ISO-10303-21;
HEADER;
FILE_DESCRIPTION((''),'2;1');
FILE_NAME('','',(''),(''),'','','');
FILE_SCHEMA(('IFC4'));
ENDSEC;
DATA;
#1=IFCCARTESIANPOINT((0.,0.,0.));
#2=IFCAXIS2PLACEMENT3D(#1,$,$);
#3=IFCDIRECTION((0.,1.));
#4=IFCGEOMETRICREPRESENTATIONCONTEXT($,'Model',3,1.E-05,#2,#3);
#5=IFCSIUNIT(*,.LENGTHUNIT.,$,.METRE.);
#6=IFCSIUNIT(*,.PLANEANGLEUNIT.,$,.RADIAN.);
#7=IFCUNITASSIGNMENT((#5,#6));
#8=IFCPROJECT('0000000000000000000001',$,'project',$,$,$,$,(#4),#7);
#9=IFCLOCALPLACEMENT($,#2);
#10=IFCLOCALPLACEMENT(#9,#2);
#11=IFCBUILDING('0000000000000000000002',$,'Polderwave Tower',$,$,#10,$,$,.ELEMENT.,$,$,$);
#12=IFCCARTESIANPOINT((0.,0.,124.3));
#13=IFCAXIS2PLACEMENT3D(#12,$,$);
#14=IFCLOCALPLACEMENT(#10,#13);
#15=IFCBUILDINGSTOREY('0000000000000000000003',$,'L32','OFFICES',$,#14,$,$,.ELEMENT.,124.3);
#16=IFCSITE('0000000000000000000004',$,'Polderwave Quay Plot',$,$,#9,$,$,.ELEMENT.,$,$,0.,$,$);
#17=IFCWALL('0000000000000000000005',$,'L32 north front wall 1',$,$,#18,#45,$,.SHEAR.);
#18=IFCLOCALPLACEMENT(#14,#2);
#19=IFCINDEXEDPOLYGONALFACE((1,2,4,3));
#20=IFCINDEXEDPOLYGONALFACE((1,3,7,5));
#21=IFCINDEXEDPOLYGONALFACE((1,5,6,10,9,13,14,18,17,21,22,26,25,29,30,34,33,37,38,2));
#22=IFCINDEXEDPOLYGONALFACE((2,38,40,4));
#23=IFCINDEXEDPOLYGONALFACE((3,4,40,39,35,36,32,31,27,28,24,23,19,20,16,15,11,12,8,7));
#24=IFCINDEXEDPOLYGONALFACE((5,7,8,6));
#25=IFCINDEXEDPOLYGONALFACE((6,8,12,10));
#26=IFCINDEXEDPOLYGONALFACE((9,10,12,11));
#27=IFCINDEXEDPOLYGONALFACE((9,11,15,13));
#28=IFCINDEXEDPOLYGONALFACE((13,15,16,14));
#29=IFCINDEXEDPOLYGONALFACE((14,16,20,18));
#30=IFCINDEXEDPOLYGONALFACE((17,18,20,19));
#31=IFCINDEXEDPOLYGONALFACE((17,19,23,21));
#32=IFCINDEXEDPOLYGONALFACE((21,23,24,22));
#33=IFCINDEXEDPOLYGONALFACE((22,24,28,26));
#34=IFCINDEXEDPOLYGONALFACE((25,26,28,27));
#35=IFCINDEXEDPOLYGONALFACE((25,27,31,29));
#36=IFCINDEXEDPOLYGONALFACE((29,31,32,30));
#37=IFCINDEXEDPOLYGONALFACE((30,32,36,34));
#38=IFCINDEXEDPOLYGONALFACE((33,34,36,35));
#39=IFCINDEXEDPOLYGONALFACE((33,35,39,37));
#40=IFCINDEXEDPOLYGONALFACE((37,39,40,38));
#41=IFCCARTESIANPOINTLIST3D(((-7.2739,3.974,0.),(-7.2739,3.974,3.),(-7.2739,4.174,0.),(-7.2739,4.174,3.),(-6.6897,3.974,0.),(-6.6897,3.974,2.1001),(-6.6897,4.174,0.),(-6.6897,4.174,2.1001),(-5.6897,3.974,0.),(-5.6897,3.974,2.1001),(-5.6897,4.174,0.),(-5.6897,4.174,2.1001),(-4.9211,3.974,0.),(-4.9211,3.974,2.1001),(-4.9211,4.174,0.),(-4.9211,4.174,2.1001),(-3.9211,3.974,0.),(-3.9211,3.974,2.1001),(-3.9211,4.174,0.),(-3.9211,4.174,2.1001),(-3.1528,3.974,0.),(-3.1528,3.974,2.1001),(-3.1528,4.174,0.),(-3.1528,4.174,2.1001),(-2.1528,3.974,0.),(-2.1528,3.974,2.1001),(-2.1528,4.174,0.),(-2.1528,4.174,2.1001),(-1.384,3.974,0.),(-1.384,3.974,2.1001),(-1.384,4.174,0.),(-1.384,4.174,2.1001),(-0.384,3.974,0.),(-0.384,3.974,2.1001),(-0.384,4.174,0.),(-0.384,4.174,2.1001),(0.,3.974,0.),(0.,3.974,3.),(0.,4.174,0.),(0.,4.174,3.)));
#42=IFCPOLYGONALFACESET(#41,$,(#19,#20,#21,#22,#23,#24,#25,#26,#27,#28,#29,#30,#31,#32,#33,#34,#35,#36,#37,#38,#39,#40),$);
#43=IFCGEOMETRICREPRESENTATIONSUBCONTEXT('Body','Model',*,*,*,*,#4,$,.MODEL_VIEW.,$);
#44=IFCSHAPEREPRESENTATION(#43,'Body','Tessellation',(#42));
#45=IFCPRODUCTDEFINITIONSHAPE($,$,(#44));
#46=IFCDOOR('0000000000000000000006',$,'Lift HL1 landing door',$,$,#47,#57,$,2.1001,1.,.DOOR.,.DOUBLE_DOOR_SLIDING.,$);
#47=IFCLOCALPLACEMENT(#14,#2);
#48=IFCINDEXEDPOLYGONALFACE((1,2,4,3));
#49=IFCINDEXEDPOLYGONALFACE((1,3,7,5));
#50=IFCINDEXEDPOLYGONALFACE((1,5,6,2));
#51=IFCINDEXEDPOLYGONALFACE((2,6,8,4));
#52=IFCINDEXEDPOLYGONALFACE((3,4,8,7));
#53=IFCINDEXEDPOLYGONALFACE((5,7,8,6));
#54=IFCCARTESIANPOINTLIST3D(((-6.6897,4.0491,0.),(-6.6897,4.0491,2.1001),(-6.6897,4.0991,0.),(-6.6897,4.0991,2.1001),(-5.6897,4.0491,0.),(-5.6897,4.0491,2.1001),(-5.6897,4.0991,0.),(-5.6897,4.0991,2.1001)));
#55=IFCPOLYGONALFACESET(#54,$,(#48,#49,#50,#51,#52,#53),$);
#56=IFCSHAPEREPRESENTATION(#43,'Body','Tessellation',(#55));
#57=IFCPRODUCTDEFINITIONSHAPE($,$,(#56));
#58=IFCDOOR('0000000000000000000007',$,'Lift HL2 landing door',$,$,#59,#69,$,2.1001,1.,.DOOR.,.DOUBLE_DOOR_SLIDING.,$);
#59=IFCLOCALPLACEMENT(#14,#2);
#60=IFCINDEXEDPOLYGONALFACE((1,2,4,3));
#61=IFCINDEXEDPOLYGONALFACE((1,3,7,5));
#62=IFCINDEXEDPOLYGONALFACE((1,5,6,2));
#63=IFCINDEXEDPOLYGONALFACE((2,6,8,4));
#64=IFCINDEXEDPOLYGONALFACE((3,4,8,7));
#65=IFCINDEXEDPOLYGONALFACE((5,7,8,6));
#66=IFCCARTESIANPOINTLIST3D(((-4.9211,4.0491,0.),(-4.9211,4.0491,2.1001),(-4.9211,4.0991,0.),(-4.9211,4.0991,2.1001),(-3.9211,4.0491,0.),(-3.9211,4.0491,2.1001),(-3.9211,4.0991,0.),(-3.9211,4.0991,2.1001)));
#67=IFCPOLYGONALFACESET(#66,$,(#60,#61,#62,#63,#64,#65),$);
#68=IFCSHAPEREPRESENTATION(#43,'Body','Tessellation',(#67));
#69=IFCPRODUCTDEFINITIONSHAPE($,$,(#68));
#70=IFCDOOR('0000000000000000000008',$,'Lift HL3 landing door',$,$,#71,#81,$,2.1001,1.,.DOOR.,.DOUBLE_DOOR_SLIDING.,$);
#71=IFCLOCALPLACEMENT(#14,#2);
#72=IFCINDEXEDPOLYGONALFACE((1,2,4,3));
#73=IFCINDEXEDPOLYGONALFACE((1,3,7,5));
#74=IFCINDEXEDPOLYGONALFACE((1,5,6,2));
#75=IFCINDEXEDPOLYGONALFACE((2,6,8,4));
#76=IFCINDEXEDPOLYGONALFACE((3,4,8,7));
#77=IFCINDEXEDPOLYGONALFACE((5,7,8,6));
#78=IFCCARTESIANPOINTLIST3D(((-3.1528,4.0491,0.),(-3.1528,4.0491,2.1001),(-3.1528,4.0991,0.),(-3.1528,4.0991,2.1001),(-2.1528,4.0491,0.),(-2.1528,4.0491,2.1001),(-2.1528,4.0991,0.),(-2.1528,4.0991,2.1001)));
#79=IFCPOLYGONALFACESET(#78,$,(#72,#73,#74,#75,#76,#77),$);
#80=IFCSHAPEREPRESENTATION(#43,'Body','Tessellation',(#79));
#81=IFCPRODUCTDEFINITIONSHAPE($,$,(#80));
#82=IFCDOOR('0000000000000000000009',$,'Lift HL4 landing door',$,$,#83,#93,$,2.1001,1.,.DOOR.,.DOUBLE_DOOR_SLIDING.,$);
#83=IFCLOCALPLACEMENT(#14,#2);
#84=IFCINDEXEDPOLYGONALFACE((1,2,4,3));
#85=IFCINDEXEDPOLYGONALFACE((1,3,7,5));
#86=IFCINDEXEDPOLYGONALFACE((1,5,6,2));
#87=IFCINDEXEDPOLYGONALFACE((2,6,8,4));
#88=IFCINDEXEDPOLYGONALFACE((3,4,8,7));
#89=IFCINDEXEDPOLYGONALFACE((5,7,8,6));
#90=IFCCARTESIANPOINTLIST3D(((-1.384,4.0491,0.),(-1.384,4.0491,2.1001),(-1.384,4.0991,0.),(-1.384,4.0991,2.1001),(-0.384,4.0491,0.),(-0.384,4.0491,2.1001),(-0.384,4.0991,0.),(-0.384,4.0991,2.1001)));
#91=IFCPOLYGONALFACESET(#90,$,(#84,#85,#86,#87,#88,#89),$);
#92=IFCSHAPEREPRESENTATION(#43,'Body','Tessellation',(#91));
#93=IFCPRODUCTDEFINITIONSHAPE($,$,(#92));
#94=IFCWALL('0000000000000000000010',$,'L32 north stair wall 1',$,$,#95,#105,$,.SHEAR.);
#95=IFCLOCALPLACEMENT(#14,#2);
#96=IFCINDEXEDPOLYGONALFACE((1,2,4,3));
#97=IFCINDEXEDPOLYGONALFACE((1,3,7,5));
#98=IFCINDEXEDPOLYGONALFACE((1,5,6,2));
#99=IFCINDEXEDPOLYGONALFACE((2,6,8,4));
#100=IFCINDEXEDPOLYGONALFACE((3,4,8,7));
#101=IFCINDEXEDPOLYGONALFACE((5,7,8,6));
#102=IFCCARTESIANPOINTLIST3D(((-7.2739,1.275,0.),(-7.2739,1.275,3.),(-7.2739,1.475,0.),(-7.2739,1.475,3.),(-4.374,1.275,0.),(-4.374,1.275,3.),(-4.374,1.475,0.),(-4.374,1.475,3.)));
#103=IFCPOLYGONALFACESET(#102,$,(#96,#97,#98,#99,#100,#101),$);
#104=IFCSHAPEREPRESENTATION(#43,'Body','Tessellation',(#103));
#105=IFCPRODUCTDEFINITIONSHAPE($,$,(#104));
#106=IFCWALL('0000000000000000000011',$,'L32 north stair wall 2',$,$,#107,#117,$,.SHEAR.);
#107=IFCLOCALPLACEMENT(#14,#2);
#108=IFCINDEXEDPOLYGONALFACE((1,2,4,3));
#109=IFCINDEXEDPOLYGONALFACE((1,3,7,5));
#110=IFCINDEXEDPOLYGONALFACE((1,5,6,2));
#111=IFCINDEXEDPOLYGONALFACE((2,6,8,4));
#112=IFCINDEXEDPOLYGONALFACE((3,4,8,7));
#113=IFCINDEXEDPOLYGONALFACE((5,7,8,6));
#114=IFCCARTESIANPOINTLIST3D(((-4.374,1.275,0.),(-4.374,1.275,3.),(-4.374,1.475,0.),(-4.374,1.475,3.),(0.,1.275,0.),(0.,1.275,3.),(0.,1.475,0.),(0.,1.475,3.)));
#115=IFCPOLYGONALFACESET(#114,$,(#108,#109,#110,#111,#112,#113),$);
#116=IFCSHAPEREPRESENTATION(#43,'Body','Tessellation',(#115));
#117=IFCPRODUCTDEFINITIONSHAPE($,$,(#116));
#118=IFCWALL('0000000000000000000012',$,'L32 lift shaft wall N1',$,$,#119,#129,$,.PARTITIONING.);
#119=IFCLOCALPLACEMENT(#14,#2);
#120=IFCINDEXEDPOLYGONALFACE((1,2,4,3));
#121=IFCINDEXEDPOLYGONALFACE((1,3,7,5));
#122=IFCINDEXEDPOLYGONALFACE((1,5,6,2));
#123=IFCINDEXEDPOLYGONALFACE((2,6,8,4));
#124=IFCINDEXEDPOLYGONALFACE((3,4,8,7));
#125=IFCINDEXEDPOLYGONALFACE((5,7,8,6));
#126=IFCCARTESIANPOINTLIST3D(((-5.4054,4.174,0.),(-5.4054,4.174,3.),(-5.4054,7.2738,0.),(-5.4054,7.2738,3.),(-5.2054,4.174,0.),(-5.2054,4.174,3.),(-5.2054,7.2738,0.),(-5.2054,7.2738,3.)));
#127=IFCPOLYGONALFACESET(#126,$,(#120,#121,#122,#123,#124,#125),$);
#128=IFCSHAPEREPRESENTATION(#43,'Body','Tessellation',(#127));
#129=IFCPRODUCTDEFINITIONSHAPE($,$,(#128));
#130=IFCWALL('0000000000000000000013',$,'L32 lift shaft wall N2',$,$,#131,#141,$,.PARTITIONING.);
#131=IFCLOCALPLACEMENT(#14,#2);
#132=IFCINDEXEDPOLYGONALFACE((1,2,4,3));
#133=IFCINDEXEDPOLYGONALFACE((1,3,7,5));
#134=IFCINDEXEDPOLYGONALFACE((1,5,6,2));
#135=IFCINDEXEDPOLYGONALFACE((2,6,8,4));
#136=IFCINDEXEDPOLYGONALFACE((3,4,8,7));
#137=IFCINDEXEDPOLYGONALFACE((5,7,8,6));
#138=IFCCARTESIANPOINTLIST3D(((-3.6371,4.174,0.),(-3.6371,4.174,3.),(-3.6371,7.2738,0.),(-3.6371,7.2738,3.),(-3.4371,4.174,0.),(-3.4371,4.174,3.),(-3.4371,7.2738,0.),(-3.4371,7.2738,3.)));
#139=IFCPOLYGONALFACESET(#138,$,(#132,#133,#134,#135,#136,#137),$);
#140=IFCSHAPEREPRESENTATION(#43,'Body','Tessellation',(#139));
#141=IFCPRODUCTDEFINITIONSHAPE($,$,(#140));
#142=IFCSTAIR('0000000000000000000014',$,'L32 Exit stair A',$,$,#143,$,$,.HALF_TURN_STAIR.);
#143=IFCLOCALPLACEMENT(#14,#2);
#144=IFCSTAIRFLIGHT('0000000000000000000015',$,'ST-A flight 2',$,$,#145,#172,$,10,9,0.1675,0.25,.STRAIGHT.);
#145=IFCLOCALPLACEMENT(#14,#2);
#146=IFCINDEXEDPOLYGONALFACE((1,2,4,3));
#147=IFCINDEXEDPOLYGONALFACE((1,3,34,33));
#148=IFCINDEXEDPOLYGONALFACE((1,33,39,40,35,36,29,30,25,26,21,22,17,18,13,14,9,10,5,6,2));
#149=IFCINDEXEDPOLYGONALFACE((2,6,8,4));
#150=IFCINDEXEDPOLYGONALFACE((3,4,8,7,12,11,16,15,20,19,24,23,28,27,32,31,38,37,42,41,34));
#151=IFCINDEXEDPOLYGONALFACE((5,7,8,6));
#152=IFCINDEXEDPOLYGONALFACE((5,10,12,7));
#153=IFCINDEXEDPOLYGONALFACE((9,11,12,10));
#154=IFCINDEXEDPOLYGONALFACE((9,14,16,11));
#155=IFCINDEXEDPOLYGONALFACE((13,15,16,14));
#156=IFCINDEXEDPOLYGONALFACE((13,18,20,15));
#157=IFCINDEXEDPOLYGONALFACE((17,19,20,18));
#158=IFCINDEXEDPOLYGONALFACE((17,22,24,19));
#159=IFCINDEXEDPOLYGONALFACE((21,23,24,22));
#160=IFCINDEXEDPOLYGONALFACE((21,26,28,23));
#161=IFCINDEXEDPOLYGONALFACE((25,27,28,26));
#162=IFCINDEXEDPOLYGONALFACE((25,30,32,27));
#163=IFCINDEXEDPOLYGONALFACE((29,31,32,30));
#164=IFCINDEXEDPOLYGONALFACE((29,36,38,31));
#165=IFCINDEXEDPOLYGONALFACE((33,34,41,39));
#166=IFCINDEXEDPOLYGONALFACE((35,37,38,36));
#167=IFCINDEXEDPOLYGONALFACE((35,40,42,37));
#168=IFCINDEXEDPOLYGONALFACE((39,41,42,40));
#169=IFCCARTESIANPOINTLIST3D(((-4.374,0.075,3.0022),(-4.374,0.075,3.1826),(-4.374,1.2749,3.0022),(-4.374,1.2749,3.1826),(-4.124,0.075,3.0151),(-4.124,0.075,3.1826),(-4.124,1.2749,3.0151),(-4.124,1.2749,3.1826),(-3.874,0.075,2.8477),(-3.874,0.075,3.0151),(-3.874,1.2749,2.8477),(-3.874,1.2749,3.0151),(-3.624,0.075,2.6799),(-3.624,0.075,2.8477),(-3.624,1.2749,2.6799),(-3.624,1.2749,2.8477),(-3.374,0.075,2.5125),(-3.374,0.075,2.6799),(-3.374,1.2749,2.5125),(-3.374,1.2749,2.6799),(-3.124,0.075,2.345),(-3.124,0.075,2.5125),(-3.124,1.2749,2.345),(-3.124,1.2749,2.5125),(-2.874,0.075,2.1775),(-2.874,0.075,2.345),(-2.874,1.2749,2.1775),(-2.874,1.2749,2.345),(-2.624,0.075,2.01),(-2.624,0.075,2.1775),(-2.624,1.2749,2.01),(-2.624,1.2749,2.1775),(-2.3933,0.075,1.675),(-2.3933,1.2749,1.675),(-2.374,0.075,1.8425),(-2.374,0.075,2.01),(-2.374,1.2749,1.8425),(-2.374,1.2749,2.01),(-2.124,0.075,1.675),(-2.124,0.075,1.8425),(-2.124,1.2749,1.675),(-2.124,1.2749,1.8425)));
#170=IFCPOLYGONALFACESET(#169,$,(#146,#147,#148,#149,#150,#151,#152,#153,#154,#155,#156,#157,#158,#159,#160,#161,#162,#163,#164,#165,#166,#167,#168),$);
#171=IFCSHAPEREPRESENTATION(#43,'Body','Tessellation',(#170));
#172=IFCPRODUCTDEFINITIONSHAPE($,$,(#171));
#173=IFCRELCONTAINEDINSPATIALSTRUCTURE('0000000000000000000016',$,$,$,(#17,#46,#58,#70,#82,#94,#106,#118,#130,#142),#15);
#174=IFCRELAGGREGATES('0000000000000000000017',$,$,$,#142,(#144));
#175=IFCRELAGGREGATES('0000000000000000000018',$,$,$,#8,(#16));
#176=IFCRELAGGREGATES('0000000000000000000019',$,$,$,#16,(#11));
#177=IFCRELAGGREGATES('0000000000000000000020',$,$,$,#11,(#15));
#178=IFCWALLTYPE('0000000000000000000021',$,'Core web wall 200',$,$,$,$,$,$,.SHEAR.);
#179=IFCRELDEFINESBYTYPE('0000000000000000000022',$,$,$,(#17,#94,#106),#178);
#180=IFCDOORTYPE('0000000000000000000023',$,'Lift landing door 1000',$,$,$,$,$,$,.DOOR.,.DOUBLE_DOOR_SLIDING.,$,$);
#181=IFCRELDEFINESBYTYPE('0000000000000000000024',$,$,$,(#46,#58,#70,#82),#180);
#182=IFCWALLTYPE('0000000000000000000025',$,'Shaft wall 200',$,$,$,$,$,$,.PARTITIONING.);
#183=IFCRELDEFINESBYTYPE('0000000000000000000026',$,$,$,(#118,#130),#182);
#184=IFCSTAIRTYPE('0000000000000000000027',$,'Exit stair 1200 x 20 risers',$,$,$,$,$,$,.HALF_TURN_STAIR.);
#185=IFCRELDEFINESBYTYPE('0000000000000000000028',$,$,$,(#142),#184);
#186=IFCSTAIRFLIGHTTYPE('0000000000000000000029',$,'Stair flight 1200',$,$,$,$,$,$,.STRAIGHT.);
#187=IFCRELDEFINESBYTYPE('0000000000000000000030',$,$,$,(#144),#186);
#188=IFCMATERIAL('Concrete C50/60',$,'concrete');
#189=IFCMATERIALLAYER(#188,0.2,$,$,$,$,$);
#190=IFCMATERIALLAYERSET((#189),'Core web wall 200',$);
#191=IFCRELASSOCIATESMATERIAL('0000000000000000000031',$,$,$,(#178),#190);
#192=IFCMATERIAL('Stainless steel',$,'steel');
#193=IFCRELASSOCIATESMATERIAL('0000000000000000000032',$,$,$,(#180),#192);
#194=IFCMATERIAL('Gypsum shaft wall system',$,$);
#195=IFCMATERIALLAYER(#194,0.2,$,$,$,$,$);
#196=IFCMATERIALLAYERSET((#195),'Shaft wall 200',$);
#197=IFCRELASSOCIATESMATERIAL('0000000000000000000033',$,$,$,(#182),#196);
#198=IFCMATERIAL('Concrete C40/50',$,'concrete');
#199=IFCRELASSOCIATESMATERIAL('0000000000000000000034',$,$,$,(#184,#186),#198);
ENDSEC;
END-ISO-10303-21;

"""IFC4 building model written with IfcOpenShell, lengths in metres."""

from ifc_helpers import new_model, si_unit, direction, frame, frame_2d, origin, place, context, subcontext, project, spatial, polyline, rectangle, outline, extrude, material, layer, layer_set, type_object, element, fill, aggregate, save


model = new_model("IFC4")

# Units and contexts
model_context = context("Model", 3, precision=1e-05, world=origin(), true_north=direction((0.0, 1.0)))
body_context = subcontext(model_context, "Body", "Model", "MODEL_VIEW")
ifc_project = project(units=[si_unit("LENGTHUNIT", "METRE"), si_unit("PLANEANGLEUNIT", "RADIAN")], contexts=[model_context])

# Site, building, storey
site_placement = place(None, origin())
site = spatial("IfcSite", under=ifc_project, at=site_placement, Name="Polderwave Quay Plot", CompositionType="ELEMENT", RefElevation=0.0)
building_placement = place(site_placement, origin())
building = spatial("IfcBuilding", under=site, at=building_placement, Name="Polderwave Tower", CompositionType="ELEMENT")
storey_placement = place(building_placement, frame((0.0, 0.0, 124.3)))
storey = spatial("IfcBuildingStorey", under=building, at=storey_placement, Name="L32", Description="OFFICES", CompositionType="ELEMENT", Elevation=124.3)

# Wall, openings, doors
ifc_material_1 = material(Name="Concrete C50/60", Category="concrete")
ifc_layer_1 = layer(ifc_material_1, 0.2)
ifc_layer_set_1 = layer_set([ifc_layer_1], Name="Core web wall 200")
wall_type_1 = type_object("IfcWallType", Name="Core web wall 200", PredefinedType="SHEAR", material=ifc_layer_set_1)
wall_1_placement = place(storey_placement, frame((-7.2739, 4.074, 0.0), z_axis=(0.0, 0.0, 1.0), x_axis=(1.0, 0.0, 0.0)))
wall_1 = element("IfcWall", 1, at=wall_1_placement, inside=storey, type_object=wall_type_1, Name="L32 north front wall 1", PredefinedType="SHEAR", context=body_context, shape_type="SweptSolid", body=[
    extrude(rectangle(XDim=7.2739, YDim=0.2, at=frame_2d((3.637, 0.0))), origin(), (0.0, 0.0, 1.0), 3.0),
])
opening_1_placement = place(wall_1_placement, frame((0.5842, 0.0, 0.0)))
opening_1 = element("IfcOpeningElement", 2, at=opening_1_placement, cuts=wall_1, PredefinedType="OPENING", context=body_context, shape_type="SweptSolid", body=[
    extrude(rectangle(XDim=1.0, YDim=2.1001, at=frame_2d((0.5, 1.05))), frame((0.0, 0.1099, 0.0), z_axis=(0.0, -1.0, 0.0), x_axis=(1.0, 0.0, 0.0)), (0.0, 0.0, 1.0), 0.22),
])
opening_2_placement = place(wall_1_placement, frame((2.3528, 0.0, 0.0)))
opening_2 = element("IfcOpeningElement", 3, at=opening_2_placement, cuts=wall_1, PredefinedType="OPENING", context=body_context, shape_type="SweptSolid", body=[
    extrude(rectangle(XDim=1.0, YDim=2.1001, at=frame_2d((0.5, 1.05))), frame((0.0, 0.1099, 0.0), z_axis=(0.0, -1.0, 0.0), x_axis=(1.0, 0.0, 0.0)), (0.0, 0.0, 1.0), 0.22),
])
opening_3_placement = place(wall_1_placement, frame((4.1211, 0.0, 0.0)))
opening_3 = element("IfcOpeningElement", 4, at=opening_3_placement, cuts=wall_1, PredefinedType="OPENING", context=body_context, shape_type="SweptSolid", body=[
    extrude(rectangle(XDim=1.0, YDim=2.1001, at=frame_2d((0.5, 1.05))), frame((0.0, 0.1099, 0.0), z_axis=(0.0, -1.0, 0.0), x_axis=(1.0, 0.0, 0.0)), (0.0, 0.0, 1.0), 0.22),
])
opening_4_placement = place(wall_1_placement, frame((5.8899, 0.0, 0.0)))
opening_4 = element("IfcOpeningElement", 5, at=opening_4_placement, cuts=wall_1, PredefinedType="OPENING", context=body_context, shape_type="SweptSolid", body=[
    extrude(rectangle(XDim=1.0, YDim=2.1001, at=frame_2d((0.5, 1.05))), frame((0.0, 0.1099, 0.0), z_axis=(0.0, -1.0, 0.0), x_axis=(1.0, 0.0, 0.0)), (0.0, 0.0, 1.0), 0.22),
])
ifc_material_2 = material(Name="Stainless steel", Category="steel")
door_type = type_object("IfcDoorType", Name="Lift landing door 1000", OperationType="DOUBLE_DOOR_SLIDING", PredefinedType="DOOR", material=ifc_material_2)
door_1_placement = place(opening_1_placement, frame((1.0, 0.0, 0.0), z_axis=(0.0, 0.0, 1.0), x_axis=(-1.0, 0.0, 0.0)))
door_1 = element("IfcDoor", 6, at=door_1_placement, inside=storey, type_object=door_type, Name="Lift HL1 landing door", OperationType="DOUBLE_DOOR_SLIDING", OverallHeight=2.1001, OverallWidth=1.0, PredefinedType="DOOR", context=body_context, shape_type="SweptSolid", body=[
    extrude(rectangle(XDim=1.0, YDim=2.1001, at=frame_2d((0.5, 1.05))), frame((0.0, 0.0249, 0.0), z_axis=(0.0, -1.0, 0.0), x_axis=(1.0, 0.0, 0.0)), (0.0, 0.0, 1.0), 0.05),
])
fill(opening_1, door_1)
door_2_placement = place(opening_2_placement, frame((1.0, 0.0, 0.0), z_axis=(0.0, 0.0, 1.0), x_axis=(-1.0, 0.0, 0.0)))
door_2 = element("IfcDoor", 7, at=door_2_placement, inside=storey, type_object=door_type, Name="Lift HL2 landing door", OperationType="DOUBLE_DOOR_SLIDING", OverallHeight=2.1001, OverallWidth=1.0, PredefinedType="DOOR", context=body_context, shape_type="SweptSolid", body=[
    extrude(rectangle(XDim=1.0, YDim=2.1001, at=frame_2d((0.5, 1.05))), frame((0.0, 0.0249, 0.0), z_axis=(0.0, -1.0, 0.0), x_axis=(1.0, 0.0, 0.0)), (0.0, 0.0, 1.0), 0.05),
])
fill(opening_2, door_2)
door_3_placement = place(opening_3_placement, frame((1.0, 0.0, 0.0), z_axis=(0.0, 0.0, 1.0), x_axis=(-1.0, 0.0, 0.0)))
door_3 = element("IfcDoor", 8, at=door_3_placement, inside=storey, type_object=door_type, Name="Lift HL3 landing door", OperationType="DOUBLE_DOOR_SLIDING", OverallHeight=2.1001, OverallWidth=1.0, PredefinedType="DOOR", context=body_context, shape_type="SweptSolid", body=[
    extrude(rectangle(XDim=1.0, YDim=2.1001, at=frame_2d((0.5, 1.05))), frame((0.0, 0.0249, 0.0), z_axis=(0.0, -1.0, 0.0), x_axis=(1.0, 0.0, 0.0)), (0.0, 0.0, 1.0), 0.05),
])
fill(opening_3, door_3)
door_4_placement = place(opening_4_placement, frame((1.0, 0.0, 0.0), z_axis=(0.0, 0.0, 1.0), x_axis=(-1.0, 0.0, 0.0)))
door_4 = element("IfcDoor", 9, at=door_4_placement, inside=storey, type_object=door_type, Name="Lift HL4 landing door", OperationType="DOUBLE_DOOR_SLIDING", OverallHeight=2.1001, OverallWidth=1.0, PredefinedType="DOOR", context=body_context, shape_type="SweptSolid", body=[
    extrude(rectangle(XDim=1.0, YDim=2.1001, at=frame_2d((0.5, 1.05))), frame((0.0, 0.0249, 0.0), z_axis=(0.0, -1.0, 0.0), x_axis=(1.0, 0.0, 0.0)), (0.0, 0.0, 1.0), 0.05),
])
fill(opening_4, door_4)

# Walls
wall_2_placement = place(storey_placement, frame((-7.2739, 1.375, 0.0), z_axis=(0.0, 0.0, 1.0), x_axis=(1.0, 0.0, 0.0)))
element("IfcWall", 10, at=wall_2_placement, inside=storey, type_object=wall_type_1, Name="L32 north stair wall 1", PredefinedType="SHEAR", context=body_context, shape_type="SweptSolid", body=[
    extrude(rectangle(XDim=2.8999, YDim=0.2, at=frame_2d((1.45, 0.0))), origin(), (0.0, 0.0, 1.0), 3.0),
])
wall_3_placement = place(storey_placement, frame((-4.374, 1.375, 0.0), z_axis=(0.0, 0.0, 1.0), x_axis=(1.0, 0.0, 0.0)))
element("IfcWall", 11, at=wall_3_placement, inside=storey, type_object=wall_type_1, Name="L32 north stair wall 2", PredefinedType="SHEAR", context=body_context, shape_type="SweptSolid", body=[
    extrude(rectangle(XDim=4.374, YDim=0.2, at=frame_2d((2.187, 0.0))), origin(), (0.0, 0.0, 1.0), 3.0),
])
ifc_material_3 = material(Name="Gypsum shaft wall system")
ifc_layer_2 = layer(ifc_material_3, 0.2)
ifc_layer_set_2 = layer_set([ifc_layer_2], Name="Shaft wall 200")
wall_type_2 = type_object("IfcWallType", Name="Shaft wall 200", PredefinedType="PARTITIONING", material=ifc_layer_set_2)
for number, where, z_axis, x_axis, name in (
    (12, (-5.3054, 4.1741, 0.0), (0.0, 0.0, 1.0), (0.0, 1.0, 0.0), "L32 lift shaft wall N1"),
    (13, (-3.5371, 4.1741, 0.0), (0.0, 0.0, 1.0), (0.0, 1.0, 0.0), "L32 lift shaft wall N2"),
):
    element("IfcWall", number, at=place(storey_placement, frame(where, z_axis=z_axis, x_axis=x_axis)), inside=storey, type_object=wall_type_2, Name=name, PredefinedType="PARTITIONING", context=body_context, shape_type="SweptSolid", body=[
        extrude(rectangle(XDim=3.0999, YDim=0.2, at=frame_2d((1.5498, 0.0))), origin(), (0.0, 0.0, 1.0), 3.0),
    ])

# Stair, stair flight
ifc_material_4 = material(Name="Concrete C40/50", Category="concrete")
stair_type = type_object("IfcStairType", Name="Exit stair 1200 x 20 risers", PredefinedType="HALF_TURN_STAIR", material=ifc_material_4)
stair_placement = place(storey_placement, origin())
stair = element("IfcStair", 14, at=stair_placement, inside=storey, type_object=stair_type, Name="L32 Exit stair A", PredefinedType="HALF_TURN_STAIR")
stair_flight_type = type_object("IfcStairFlightType", Name="Stair flight 1200", PredefinedType="STRAIGHT", material=ifc_material_4)
stair_flight_placement = place(storey_placement, frame((-2.124, 0.675, 1.675), z_axis=(0.0, 0.0, 1.0), x_axis=(-1.0, 0.0, 0.0)))
stair_flight = element("IfcStairFlight", 15, at=stair_flight_placement, type_object=stair_flight_type, Name="ST-A flight 2", NumberOfRisers=10, NumberOfTreads=9, PredefinedType="STRAIGHT", RiserHeight=0.1675, TreadLength=0.25, context=body_context, shape_type="SweptSolid", body=[
    extrude(outline(polyline([(0.0, 0.0), (0.0, 0.1675), (0.25, 0.1675), (0.25, 0.335), (0.5, 0.335), (0.5, 0.5024), (0.75, 0.5024), (0.75, 0.6699), (1.0, 0.6699), (1.0, 0.8374), (1.25, 0.8374), (1.25, 1.0049), (1.5, 1.0049), (1.5, 1.1726), (1.75, 1.1726), (1.75, 1.3401), (2.0, 1.3401), (2.0, 1.5076), (2.25, 1.5076), (2.25, 1.675), (2.25, 1.3271), (0.2693, 0.0), (0.0, 0.0)])), frame((0.0, 0.6001, 0.0), z_axis=(0.0, -1.0, 0.0), x_axis=(1.0, 0.0, 0.0)), (0.0, 0.0, 1.0), 1.2),
])
aggregate(stair, [stair_flight])

save(model, "model.ifc")
